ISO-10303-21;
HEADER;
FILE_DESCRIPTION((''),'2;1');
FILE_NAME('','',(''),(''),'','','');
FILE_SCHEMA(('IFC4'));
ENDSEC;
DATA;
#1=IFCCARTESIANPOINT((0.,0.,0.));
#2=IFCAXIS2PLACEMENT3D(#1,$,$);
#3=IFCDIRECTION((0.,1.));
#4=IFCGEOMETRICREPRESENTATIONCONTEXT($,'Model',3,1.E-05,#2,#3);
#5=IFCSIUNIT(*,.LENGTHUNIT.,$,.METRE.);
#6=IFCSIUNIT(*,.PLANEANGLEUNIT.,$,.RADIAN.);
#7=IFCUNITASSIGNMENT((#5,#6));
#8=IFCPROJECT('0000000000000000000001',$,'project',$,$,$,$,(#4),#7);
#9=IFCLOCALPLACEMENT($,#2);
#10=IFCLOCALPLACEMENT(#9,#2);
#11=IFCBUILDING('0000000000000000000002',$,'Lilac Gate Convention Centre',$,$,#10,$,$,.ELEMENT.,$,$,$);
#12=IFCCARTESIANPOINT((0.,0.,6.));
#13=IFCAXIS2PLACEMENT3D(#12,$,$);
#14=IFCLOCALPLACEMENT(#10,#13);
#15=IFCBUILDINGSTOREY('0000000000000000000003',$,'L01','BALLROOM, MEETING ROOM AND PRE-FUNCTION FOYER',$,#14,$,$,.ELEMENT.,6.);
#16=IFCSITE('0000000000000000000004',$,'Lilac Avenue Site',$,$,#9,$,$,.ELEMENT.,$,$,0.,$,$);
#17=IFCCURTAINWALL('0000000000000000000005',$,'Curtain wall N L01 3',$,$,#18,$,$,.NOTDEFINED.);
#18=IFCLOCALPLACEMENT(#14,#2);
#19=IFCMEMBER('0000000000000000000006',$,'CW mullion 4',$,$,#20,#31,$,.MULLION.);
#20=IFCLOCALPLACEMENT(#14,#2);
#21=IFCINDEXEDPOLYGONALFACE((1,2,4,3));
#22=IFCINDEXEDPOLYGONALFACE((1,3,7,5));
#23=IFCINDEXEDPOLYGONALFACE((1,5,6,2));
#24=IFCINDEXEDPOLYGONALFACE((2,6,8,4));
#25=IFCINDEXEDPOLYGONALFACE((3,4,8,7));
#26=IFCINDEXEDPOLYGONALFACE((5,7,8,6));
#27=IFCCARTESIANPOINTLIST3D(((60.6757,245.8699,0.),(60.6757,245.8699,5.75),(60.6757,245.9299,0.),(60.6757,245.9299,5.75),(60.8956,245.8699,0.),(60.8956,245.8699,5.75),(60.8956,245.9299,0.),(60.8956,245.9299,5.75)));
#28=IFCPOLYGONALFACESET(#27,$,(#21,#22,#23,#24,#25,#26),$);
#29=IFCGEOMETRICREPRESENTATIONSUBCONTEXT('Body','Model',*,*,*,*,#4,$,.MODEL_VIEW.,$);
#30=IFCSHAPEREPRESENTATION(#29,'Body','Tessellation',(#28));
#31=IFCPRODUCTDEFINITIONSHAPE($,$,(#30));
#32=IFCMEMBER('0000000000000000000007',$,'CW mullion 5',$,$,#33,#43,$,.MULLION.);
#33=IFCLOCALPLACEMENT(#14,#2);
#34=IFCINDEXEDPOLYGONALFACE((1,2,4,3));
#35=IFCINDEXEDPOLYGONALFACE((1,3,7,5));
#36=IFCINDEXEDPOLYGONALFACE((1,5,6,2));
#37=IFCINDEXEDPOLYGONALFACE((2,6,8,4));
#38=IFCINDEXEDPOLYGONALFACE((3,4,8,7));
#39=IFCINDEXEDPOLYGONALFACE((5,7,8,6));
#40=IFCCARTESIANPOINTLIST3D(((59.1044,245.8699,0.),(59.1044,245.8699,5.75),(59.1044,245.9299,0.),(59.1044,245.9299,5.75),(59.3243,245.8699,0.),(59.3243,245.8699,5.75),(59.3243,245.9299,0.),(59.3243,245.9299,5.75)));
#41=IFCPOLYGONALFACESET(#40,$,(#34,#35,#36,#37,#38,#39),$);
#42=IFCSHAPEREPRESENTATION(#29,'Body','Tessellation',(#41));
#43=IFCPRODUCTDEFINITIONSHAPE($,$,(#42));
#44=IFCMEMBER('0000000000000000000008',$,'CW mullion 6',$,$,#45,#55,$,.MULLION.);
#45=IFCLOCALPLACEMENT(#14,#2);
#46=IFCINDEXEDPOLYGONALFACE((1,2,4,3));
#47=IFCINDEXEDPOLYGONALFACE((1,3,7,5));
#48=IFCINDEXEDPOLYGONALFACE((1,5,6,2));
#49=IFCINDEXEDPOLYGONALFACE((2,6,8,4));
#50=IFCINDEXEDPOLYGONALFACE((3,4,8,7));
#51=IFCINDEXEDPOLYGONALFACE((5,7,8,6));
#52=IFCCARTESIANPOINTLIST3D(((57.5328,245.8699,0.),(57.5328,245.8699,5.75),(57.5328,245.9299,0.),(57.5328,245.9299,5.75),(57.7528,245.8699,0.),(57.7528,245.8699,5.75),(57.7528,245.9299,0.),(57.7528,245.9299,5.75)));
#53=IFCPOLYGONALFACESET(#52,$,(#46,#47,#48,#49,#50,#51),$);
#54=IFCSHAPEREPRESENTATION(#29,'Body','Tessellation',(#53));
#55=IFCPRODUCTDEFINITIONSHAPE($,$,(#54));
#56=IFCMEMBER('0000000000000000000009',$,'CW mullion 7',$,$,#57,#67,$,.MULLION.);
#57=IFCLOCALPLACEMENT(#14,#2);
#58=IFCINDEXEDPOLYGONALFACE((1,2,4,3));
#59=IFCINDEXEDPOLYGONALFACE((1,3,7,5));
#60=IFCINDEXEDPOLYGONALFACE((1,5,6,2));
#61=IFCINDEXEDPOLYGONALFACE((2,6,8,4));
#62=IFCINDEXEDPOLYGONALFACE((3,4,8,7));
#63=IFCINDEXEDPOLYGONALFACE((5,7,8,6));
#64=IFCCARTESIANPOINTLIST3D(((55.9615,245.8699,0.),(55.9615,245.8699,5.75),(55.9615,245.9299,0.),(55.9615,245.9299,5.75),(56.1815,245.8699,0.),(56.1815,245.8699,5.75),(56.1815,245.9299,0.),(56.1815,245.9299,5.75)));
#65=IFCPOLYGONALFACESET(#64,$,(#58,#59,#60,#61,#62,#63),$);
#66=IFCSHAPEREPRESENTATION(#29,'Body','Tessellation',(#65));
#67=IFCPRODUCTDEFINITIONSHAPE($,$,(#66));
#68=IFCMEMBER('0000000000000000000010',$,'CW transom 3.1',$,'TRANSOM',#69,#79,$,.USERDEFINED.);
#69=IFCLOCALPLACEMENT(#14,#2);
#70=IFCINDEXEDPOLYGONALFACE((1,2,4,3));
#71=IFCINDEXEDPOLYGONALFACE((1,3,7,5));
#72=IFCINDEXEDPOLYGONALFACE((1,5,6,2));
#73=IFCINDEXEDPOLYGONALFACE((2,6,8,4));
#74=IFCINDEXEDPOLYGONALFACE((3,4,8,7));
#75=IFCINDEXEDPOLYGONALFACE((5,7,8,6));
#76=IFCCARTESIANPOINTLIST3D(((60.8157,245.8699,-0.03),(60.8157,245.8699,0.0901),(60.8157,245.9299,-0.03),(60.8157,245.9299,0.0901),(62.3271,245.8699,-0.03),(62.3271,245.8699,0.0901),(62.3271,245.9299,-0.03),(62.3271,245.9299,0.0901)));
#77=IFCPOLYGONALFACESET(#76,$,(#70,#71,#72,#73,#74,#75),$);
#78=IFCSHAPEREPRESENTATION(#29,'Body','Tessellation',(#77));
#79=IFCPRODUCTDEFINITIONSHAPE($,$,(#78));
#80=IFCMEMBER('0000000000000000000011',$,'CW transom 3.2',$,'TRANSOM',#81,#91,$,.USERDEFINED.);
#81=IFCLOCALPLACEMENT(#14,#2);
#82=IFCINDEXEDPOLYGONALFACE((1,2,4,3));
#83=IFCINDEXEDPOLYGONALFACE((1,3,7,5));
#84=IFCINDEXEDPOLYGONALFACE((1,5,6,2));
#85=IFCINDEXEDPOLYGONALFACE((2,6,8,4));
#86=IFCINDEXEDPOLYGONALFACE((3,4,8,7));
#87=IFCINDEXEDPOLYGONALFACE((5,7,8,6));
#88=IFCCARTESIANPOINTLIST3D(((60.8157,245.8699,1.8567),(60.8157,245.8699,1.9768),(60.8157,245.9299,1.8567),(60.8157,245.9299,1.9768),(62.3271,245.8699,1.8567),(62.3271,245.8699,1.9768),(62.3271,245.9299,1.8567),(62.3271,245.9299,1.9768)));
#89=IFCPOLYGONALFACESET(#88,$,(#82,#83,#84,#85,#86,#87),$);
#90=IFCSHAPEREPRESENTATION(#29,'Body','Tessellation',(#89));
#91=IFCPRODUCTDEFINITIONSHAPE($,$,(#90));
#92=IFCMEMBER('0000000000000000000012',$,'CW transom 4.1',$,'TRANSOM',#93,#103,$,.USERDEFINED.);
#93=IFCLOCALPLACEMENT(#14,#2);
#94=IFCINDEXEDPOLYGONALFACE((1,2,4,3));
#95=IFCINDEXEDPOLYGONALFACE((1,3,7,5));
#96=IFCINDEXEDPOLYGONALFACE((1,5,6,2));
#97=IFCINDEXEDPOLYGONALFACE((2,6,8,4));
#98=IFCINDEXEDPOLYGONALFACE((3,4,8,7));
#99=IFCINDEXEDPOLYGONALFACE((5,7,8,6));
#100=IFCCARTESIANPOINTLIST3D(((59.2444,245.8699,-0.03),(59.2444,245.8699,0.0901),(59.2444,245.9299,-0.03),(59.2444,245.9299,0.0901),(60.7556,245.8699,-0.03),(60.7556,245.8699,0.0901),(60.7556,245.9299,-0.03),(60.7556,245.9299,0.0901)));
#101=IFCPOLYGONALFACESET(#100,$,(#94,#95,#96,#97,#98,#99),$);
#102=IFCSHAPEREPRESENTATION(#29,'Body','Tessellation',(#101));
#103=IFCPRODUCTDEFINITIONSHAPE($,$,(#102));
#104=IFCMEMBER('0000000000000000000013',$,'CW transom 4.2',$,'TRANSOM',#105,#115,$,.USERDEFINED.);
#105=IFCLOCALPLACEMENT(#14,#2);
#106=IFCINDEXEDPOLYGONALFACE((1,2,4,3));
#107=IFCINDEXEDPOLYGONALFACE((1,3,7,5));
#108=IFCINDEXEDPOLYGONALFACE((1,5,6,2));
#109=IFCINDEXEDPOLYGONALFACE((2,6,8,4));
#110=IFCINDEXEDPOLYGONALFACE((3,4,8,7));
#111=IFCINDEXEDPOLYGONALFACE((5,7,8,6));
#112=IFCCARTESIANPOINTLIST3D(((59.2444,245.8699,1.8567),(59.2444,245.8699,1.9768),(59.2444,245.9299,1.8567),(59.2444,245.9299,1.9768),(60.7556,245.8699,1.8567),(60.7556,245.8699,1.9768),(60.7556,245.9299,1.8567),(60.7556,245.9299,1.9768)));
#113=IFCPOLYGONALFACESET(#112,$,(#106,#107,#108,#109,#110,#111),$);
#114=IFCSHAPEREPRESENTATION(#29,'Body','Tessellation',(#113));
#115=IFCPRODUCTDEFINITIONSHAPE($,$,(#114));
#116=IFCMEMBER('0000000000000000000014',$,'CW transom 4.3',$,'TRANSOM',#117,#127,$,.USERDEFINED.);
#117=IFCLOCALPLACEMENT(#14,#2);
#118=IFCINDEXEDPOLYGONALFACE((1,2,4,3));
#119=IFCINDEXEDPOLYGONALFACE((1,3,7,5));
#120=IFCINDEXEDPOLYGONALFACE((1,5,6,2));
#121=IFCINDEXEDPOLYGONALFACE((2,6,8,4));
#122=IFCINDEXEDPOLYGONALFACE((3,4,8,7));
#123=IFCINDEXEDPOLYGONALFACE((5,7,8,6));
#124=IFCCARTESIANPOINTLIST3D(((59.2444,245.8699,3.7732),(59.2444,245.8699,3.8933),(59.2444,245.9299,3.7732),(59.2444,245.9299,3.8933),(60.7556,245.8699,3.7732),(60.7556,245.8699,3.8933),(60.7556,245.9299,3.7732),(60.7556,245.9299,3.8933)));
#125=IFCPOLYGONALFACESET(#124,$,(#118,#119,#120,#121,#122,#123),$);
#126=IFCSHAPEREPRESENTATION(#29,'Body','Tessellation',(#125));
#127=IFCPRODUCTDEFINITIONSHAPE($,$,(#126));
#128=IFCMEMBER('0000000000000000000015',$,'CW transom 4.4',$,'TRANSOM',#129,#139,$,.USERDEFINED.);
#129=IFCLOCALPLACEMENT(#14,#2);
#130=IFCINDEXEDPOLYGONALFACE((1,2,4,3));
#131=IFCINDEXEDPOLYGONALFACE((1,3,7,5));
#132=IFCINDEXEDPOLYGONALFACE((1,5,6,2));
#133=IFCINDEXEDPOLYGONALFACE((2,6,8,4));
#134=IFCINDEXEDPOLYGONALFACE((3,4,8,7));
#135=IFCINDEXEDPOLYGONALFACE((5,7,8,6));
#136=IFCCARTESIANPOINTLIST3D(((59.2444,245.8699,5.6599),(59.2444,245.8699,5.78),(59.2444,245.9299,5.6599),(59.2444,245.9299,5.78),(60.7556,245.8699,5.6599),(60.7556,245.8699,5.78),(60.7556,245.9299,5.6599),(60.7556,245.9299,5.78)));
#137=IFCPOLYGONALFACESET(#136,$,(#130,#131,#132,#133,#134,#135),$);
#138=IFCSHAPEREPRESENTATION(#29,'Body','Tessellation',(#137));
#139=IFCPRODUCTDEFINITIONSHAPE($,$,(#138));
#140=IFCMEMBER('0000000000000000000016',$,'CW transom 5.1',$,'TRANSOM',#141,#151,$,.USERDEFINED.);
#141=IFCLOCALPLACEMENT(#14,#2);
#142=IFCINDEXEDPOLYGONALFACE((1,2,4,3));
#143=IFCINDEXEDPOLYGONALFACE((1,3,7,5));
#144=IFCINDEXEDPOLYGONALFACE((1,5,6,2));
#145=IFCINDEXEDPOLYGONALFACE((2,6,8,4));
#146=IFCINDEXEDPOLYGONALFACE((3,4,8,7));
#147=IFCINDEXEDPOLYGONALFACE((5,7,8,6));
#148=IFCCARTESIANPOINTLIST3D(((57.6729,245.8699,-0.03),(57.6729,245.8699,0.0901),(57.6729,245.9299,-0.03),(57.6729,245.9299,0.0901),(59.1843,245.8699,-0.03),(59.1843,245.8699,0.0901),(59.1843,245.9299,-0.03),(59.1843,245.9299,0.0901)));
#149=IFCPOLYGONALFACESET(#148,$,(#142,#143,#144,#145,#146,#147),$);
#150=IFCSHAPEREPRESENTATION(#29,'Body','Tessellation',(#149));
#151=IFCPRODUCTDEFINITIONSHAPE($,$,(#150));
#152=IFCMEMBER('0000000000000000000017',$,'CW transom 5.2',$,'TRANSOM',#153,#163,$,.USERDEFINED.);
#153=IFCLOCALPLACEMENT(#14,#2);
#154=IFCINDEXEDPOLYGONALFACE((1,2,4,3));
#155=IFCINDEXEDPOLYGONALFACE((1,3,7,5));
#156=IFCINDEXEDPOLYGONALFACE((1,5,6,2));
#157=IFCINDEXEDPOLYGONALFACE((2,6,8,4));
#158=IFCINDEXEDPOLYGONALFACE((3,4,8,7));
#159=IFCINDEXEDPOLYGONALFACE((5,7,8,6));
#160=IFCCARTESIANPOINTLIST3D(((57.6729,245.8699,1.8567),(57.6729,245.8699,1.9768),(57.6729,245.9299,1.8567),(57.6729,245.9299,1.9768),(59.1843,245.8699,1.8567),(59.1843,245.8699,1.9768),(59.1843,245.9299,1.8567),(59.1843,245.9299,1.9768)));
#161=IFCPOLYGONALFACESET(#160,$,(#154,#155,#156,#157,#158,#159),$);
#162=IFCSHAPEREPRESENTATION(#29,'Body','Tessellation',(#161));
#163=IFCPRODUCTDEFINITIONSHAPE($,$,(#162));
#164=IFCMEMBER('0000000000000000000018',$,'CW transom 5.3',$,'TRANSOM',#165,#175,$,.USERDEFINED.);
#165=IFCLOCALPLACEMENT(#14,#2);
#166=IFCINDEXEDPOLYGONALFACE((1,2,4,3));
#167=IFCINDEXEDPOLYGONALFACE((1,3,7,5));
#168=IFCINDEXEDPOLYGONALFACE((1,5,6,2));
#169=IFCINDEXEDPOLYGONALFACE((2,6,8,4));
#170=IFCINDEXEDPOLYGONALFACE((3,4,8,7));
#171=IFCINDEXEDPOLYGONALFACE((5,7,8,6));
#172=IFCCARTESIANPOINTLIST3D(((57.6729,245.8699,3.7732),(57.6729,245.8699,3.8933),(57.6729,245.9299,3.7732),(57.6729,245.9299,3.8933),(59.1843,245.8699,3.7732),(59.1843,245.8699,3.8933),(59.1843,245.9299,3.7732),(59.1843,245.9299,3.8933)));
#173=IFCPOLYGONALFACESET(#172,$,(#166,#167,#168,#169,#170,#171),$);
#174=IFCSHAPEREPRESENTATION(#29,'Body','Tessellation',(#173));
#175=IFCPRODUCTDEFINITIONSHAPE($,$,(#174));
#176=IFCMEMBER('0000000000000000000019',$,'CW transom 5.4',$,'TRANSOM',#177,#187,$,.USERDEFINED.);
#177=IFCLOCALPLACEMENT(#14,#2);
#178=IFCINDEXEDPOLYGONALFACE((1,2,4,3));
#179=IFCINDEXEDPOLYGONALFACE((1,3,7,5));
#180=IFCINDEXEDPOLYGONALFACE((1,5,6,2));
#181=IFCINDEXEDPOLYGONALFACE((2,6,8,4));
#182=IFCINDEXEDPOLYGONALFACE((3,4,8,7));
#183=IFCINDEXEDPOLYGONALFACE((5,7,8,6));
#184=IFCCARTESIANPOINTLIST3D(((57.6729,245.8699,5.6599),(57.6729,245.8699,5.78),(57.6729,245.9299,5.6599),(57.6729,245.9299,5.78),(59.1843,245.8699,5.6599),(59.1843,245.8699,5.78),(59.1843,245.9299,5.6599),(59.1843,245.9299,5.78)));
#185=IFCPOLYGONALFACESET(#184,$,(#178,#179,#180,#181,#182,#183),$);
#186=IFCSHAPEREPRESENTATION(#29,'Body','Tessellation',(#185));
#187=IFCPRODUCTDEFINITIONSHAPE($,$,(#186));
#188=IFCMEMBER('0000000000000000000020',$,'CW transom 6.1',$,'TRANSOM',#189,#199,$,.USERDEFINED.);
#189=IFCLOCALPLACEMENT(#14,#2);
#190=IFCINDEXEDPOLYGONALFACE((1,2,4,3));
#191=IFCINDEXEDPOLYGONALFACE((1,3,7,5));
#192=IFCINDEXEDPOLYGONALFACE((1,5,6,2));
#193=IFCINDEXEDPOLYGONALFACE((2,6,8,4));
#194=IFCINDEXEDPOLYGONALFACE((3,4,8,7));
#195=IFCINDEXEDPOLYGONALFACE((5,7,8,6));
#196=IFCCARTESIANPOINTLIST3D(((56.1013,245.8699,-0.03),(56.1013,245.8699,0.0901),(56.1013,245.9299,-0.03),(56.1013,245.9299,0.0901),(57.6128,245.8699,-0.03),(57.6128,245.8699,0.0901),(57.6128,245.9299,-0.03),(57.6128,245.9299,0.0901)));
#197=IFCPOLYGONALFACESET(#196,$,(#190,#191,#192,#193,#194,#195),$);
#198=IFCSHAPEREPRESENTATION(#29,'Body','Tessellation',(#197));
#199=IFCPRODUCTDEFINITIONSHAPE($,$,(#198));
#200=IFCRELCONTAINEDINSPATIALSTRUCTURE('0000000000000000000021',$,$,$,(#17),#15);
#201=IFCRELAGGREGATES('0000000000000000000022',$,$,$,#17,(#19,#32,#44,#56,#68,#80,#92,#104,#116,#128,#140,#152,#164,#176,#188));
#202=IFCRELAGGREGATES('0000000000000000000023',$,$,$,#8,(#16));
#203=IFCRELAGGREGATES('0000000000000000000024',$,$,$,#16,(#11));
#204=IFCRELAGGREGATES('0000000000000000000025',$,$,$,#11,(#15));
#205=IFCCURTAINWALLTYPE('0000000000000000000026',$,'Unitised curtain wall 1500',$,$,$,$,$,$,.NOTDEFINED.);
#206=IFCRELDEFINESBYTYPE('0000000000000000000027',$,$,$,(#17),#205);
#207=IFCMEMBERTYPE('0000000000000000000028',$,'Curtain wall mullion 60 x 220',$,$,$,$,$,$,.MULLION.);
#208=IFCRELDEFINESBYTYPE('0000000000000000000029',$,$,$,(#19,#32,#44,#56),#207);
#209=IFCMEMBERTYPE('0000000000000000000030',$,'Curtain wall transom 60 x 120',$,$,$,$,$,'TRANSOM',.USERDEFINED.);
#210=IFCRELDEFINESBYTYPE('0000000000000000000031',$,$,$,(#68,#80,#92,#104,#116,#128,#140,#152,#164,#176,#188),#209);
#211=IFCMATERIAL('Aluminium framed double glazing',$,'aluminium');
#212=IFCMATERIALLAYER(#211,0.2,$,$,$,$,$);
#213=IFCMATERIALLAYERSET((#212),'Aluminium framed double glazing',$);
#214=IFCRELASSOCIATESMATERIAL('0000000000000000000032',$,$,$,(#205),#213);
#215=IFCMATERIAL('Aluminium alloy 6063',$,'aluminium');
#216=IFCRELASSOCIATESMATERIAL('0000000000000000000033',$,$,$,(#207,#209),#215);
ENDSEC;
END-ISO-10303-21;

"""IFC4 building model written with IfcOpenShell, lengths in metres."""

from ifc_helpers import new_model, si_unit, direction, frame, origin, origin_2d, place, context, subcontext, project, spatial, rectangle, extrude, material, layer, layer_set, material_profile, profile_set, type_object, element, aggregate, save


model = new_model("IFC4")

# Units and contexts
model_context = context("Model", 3, precision=1e-05, world=origin(), true_north=direction((0.0, 1.0)))
body_context = subcontext(model_context, "Body", "Model", "MODEL_VIEW")
ifc_project = project(units=[si_unit("LENGTHUNIT", "METRE"), si_unit("PLANEANGLEUNIT", "RADIAN")], contexts=[model_context])

# Site, building, storey
site_placement = place(None, origin())
site = spatial("IfcSite", under=ifc_project, at=site_placement, Name="Lilac Avenue Site", CompositionType="ELEMENT", RefElevation=0.0)
building_placement = place(site_placement, origin())
building = spatial("IfcBuilding", under=site, at=building_placement, Name="Lilac Gate Convention Centre", CompositionType="ELEMENT")
storey_placement = place(building_placement, frame((0.0, 0.0, 6.0)))
storey = spatial("IfcBuildingStorey", under=building, at=storey_placement, Name="L01", Description="BALLROOM, MEETING ROOM AND PRE-FUNCTION FOYER", CompositionType="ELEMENT", Elevation=6.0)

# Curtain wall, members
ifc_material_1 = material(Name="Aluminium framed double glazing", Category="aluminium")
ifc_layer_1 = layer(ifc_material_1, 0.2)
ifc_layer_set_1 = layer_set([ifc_layer_1], Name="Aluminium framed double glazing")
curtain_wall_type = type_object("IfcCurtainWallType", Name="Unitised curtain wall 1500", PredefinedType="NOTDEFINED", material=ifc_layer_set_1)
curtain_wall_placement = place(storey_placement, origin())
curtain_wall = element("IfcCurtainWall", 1, at=curtain_wall_placement, inside=storey, type_object=curtain_wall_type, Name="Curtain wall N L01 3", PredefinedType="NOTDEFINED")
ifc_material_2 = material(Name="Aluminium alloy 6063", Category="aluminium")
ifc_material_profile_1 = material_profile(ifc_material_2, rectangle(XDim=0.0601, YDim=0.22, at=origin_2d()), Name="Curtain wall mullion 60 x 220")
ifc_profile_set_1 = profile_set([ifc_material_profile_1], Name="Aluminium alloy 6063")
member_type_1 = type_object("IfcMemberType", Name="Curtain wall mullion 60 x 220", PredefinedType="MULLION", material=ifc_profile_set_1)
member_1_placement = place(storey_placement, frame((60.7856, 245.8999, 0.0), z_axis=(0.0, 0.0, 1.0), x_axis=(0.0, -1.0, 0.0)))
member_1 = element("IfcMember", 2, at=member_1_placement, type_object=member_type_1, Name="CW mullion 4", PredefinedType="MULLION", context=body_context, shape_type="SweptSolid", body=[
    extrude(rectangle(XDim=0.0601, YDim=0.22, at=origin_2d()), origin(), (0.0, 0.0, 1.0), 5.75),
])
member_2_placement = place(storey_placement, frame((59.2144, 245.8999, 0.0), z_axis=(0.0, 0.0, 1.0), x_axis=(0.0, -1.0, 0.0)))
member_2 = element("IfcMember", 3, at=member_2_placement, type_object=member_type_1, Name="CW mullion 5", PredefinedType="MULLION", context=body_context, shape_type="SweptSolid", body=[
    extrude(rectangle(XDim=0.0601, YDim=0.22, at=origin_2d()), origin(), (0.0, 0.0, 1.0), 5.75),
])
member_3_placement = place(storey_placement, frame((57.6428, 245.8999, 0.0), z_axis=(0.0, 0.0, 1.0), x_axis=(0.0, -1.0, 0.0)))
member_3 = element("IfcMember", 4, at=member_3_placement, type_object=member_type_1, Name="CW mullion 6", PredefinedType="MULLION", context=body_context, shape_type="SweptSolid", body=[
    extrude(rectangle(XDim=0.0601, YDim=0.22, at=origin_2d()), origin(), (0.0, 0.0, 1.0), 5.75),
])
member_4_placement = place(storey_placement, frame((56.0715, 245.8999, 0.0), z_axis=(0.0, 0.0, 1.0), x_axis=(0.0, -1.0, 0.0)))
member_4 = element("IfcMember", 5, at=member_4_placement, type_object=member_type_1, Name="CW mullion 7", PredefinedType="MULLION", context=body_context, shape_type="SweptSolid", body=[
    extrude(rectangle(XDim=0.0601, YDim=0.22, at=origin_2d()), origin(), (0.0, 0.0, 1.0), 5.75),
])
ifc_material_profile_2 = material_profile(ifc_material_2, rectangle(XDim=0.0601, YDim=0.1201, at=origin_2d()), Name="Curtain wall transom 60 x 120")
ifc_profile_set_2 = profile_set([ifc_material_profile_2], Name="Aluminium alloy 6063")
member_type_2 = type_object("IfcMemberType", Name="Curtain wall transom 60 x 120", ElementType="TRANSOM", PredefinedType="USERDEFINED", material=ifc_profile_set_2)
member_5_placement = place(storey_placement, frame((62.3271, 245.8999, 0.03), z_axis=(-1.0, 0.0, 0.0), x_axis=(0.0, -1.0, 0.0)))
member_5 = element("IfcMember", 6, at=member_5_placement, type_object=member_type_2, Name="CW transom 3.1", ObjectType="TRANSOM", PredefinedType="USERDEFINED", context=body_context, shape_type="SweptSolid", body=[
    extrude(rectangle(XDim=0.0601, YDim=0.1201, at=origin_2d()), origin(), (0.0, 0.0, 1.0), 1.5115),
])
member_6_placement = place(storey_placement, frame((62.3271, 245.8999, 1.9167), z_axis=(-1.0, 0.0, 0.0), x_axis=(0.0, -1.0, 0.0)))
member_6 = element("IfcMember", 7, at=member_6_placement, type_object=member_type_2, Name="CW transom 3.2", ObjectType="TRANSOM", PredefinedType="USERDEFINED", context=body_context, shape_type="SweptSolid", body=[
    extrude(rectangle(XDim=0.0601, YDim=0.1201, at=origin_2d()), origin(), (0.0, 0.0, 1.0), 1.5115),
])
member_7_placement = place(storey_placement, frame((60.7556, 245.8999, 0.03), z_axis=(-1.0, 0.0, 0.0), x_axis=(0.0, -1.0, 0.0)))
member_7 = element("IfcMember", 8, at=member_7_placement, type_object=member_type_2, Name="CW transom 4.1", ObjectType="TRANSOM", PredefinedType="USERDEFINED", context=body_context, shape_type="SweptSolid", body=[
    extrude(rectangle(XDim=0.0601, YDim=0.1201, at=origin_2d()), origin(), (0.0, 0.0, 1.0), 1.5112),
])
member_8_placement = place(storey_placement, frame((60.7556, 245.8999, 1.9167), z_axis=(-1.0, 0.0, 0.0), x_axis=(0.0, -1.0, 0.0)))
member_8 = element("IfcMember", 9, at=member_8_placement, type_object=member_type_2, Name="CW transom 4.2", ObjectType="TRANSOM", PredefinedType="USERDEFINED", context=body_context, shape_type="SweptSolid", body=[
    extrude(rectangle(XDim=0.0601, YDim=0.1201, at=origin_2d()), origin(), (0.0, 0.0, 1.0), 1.5112),
])
member_9_placement = place(storey_placement, frame((60.7556, 245.8999, 3.8333), z_axis=(-1.0, 0.0, 0.0), x_axis=(0.0, -1.0, 0.0)))
member_9 = element("IfcMember", 10, at=member_9_placement, type_object=member_type_2, Name="CW transom 4.3", ObjectType="TRANSOM", PredefinedType="USERDEFINED", context=body_context, shape_type="SweptSolid", body=[
    extrude(rectangle(XDim=0.0601, YDim=0.1201, at=origin_2d()), origin(), (0.0, 0.0, 1.0), 1.5112),
])
member_10_placement = place(storey_placement, frame((60.7556, 245.8999, 5.72), z_axis=(-1.0, 0.0, 0.0), x_axis=(0.0, -1.0, 0.0)))
member_10 = element("IfcMember", 11, at=member_10_placement, type_object=member_type_2, Name="CW transom 4.4", ObjectType="TRANSOM", PredefinedType="USERDEFINED", context=body_context, shape_type="SweptSolid", body=[
    extrude(rectangle(XDim=0.0601, YDim=0.1201, at=origin_2d()), origin(), (0.0, 0.0, 1.0), 1.5112),
])
member_11_placement = place(storey_placement, frame((59.1843, 245.8999, 0.03), z_axis=(-1.0, 0.0, 0.0), x_axis=(0.0, -1.0, 0.0)))
member_11 = element("IfcMember", 12, at=member_11_placement, type_object=member_type_2, Name="CW transom 5.1", ObjectType="TRANSOM", PredefinedType="USERDEFINED", context=body_context, shape_type="SweptSolid", body=[
    extrude(rectangle(XDim=0.0601, YDim=0.1201, at=origin_2d()), origin(), (0.0, 0.0, 1.0), 1.5115),
])
member_12_placement = place(storey_placement, frame((59.1843, 245.8999, 1.9167), z_axis=(-1.0, 0.0, 0.0), x_axis=(0.0, -1.0, 0.0)))
member_12 = element("IfcMember", 13, at=member_12_placement, type_object=member_type_2, Name="CW transom 5.2", ObjectType="TRANSOM", PredefinedType="USERDEFINED", context=body_context, shape_type="SweptSolid", body=[
    extrude(rectangle(XDim=0.0601, YDim=0.1201, at=origin_2d()), origin(), (0.0, 0.0, 1.0), 1.5115),
])
member_13_placement = place(storey_placement, frame((59.1843, 245.8999, 3.8333), z_axis=(-1.0, 0.0, 0.0), x_axis=(0.0, -1.0, 0.0)))
member_13 = element("IfcMember", 14, at=member_13_placement, type_object=member_type_2, Name="CW transom 5.3", ObjectType="TRANSOM", PredefinedType="USERDEFINED", context=body_context, shape_type="SweptSolid", body=[
    extrude(rectangle(XDim=0.0601, YDim=0.1201, at=origin_2d()), origin(), (0.0, 0.0, 1.0), 1.5115),
])
member_14_placement = place(storey_placement, frame((59.1843, 245.8999, 5.72), z_axis=(-1.0, 0.0, 0.0), x_axis=(0.0, -1.0, 0.0)))
member_14 = element("IfcMember", 15, at=member_14_placement, type_object=member_type_2, Name="CW transom 5.4", ObjectType="TRANSOM", PredefinedType="USERDEFINED", context=body_context, shape_type="SweptSolid", body=[
    extrude(rectangle(XDim=0.0601, YDim=0.1201, at=origin_2d()), origin(), (0.0, 0.0, 1.0), 1.5115),
])
member_15_placement = place(storey_placement, frame((57.6128, 245.8999, 0.03), z_axis=(-1.0, 0.0, 0.0), x_axis=(0.0, -1.0, 0.0)))
member_15 = element("IfcMember", 16, at=member_15_placement, type_object=member_type_2, Name="CW transom 6.1", ObjectType="TRANSOM", PredefinedType="USERDEFINED", context=body_context, shape_type="SweptSolid", body=[
    extrude(rectangle(XDim=0.0601, YDim=0.1201, at=origin_2d()), origin(), (0.0, 0.0, 1.0), 1.5115),
])
aggregate(curtain_wall, [member_1, member_2, member_3, member_4, member_5, member_6, member_7, member_8, member_9, member_10, member_11, member_12, member_13, member_14, member_15])

save(model, "model.ifc")
